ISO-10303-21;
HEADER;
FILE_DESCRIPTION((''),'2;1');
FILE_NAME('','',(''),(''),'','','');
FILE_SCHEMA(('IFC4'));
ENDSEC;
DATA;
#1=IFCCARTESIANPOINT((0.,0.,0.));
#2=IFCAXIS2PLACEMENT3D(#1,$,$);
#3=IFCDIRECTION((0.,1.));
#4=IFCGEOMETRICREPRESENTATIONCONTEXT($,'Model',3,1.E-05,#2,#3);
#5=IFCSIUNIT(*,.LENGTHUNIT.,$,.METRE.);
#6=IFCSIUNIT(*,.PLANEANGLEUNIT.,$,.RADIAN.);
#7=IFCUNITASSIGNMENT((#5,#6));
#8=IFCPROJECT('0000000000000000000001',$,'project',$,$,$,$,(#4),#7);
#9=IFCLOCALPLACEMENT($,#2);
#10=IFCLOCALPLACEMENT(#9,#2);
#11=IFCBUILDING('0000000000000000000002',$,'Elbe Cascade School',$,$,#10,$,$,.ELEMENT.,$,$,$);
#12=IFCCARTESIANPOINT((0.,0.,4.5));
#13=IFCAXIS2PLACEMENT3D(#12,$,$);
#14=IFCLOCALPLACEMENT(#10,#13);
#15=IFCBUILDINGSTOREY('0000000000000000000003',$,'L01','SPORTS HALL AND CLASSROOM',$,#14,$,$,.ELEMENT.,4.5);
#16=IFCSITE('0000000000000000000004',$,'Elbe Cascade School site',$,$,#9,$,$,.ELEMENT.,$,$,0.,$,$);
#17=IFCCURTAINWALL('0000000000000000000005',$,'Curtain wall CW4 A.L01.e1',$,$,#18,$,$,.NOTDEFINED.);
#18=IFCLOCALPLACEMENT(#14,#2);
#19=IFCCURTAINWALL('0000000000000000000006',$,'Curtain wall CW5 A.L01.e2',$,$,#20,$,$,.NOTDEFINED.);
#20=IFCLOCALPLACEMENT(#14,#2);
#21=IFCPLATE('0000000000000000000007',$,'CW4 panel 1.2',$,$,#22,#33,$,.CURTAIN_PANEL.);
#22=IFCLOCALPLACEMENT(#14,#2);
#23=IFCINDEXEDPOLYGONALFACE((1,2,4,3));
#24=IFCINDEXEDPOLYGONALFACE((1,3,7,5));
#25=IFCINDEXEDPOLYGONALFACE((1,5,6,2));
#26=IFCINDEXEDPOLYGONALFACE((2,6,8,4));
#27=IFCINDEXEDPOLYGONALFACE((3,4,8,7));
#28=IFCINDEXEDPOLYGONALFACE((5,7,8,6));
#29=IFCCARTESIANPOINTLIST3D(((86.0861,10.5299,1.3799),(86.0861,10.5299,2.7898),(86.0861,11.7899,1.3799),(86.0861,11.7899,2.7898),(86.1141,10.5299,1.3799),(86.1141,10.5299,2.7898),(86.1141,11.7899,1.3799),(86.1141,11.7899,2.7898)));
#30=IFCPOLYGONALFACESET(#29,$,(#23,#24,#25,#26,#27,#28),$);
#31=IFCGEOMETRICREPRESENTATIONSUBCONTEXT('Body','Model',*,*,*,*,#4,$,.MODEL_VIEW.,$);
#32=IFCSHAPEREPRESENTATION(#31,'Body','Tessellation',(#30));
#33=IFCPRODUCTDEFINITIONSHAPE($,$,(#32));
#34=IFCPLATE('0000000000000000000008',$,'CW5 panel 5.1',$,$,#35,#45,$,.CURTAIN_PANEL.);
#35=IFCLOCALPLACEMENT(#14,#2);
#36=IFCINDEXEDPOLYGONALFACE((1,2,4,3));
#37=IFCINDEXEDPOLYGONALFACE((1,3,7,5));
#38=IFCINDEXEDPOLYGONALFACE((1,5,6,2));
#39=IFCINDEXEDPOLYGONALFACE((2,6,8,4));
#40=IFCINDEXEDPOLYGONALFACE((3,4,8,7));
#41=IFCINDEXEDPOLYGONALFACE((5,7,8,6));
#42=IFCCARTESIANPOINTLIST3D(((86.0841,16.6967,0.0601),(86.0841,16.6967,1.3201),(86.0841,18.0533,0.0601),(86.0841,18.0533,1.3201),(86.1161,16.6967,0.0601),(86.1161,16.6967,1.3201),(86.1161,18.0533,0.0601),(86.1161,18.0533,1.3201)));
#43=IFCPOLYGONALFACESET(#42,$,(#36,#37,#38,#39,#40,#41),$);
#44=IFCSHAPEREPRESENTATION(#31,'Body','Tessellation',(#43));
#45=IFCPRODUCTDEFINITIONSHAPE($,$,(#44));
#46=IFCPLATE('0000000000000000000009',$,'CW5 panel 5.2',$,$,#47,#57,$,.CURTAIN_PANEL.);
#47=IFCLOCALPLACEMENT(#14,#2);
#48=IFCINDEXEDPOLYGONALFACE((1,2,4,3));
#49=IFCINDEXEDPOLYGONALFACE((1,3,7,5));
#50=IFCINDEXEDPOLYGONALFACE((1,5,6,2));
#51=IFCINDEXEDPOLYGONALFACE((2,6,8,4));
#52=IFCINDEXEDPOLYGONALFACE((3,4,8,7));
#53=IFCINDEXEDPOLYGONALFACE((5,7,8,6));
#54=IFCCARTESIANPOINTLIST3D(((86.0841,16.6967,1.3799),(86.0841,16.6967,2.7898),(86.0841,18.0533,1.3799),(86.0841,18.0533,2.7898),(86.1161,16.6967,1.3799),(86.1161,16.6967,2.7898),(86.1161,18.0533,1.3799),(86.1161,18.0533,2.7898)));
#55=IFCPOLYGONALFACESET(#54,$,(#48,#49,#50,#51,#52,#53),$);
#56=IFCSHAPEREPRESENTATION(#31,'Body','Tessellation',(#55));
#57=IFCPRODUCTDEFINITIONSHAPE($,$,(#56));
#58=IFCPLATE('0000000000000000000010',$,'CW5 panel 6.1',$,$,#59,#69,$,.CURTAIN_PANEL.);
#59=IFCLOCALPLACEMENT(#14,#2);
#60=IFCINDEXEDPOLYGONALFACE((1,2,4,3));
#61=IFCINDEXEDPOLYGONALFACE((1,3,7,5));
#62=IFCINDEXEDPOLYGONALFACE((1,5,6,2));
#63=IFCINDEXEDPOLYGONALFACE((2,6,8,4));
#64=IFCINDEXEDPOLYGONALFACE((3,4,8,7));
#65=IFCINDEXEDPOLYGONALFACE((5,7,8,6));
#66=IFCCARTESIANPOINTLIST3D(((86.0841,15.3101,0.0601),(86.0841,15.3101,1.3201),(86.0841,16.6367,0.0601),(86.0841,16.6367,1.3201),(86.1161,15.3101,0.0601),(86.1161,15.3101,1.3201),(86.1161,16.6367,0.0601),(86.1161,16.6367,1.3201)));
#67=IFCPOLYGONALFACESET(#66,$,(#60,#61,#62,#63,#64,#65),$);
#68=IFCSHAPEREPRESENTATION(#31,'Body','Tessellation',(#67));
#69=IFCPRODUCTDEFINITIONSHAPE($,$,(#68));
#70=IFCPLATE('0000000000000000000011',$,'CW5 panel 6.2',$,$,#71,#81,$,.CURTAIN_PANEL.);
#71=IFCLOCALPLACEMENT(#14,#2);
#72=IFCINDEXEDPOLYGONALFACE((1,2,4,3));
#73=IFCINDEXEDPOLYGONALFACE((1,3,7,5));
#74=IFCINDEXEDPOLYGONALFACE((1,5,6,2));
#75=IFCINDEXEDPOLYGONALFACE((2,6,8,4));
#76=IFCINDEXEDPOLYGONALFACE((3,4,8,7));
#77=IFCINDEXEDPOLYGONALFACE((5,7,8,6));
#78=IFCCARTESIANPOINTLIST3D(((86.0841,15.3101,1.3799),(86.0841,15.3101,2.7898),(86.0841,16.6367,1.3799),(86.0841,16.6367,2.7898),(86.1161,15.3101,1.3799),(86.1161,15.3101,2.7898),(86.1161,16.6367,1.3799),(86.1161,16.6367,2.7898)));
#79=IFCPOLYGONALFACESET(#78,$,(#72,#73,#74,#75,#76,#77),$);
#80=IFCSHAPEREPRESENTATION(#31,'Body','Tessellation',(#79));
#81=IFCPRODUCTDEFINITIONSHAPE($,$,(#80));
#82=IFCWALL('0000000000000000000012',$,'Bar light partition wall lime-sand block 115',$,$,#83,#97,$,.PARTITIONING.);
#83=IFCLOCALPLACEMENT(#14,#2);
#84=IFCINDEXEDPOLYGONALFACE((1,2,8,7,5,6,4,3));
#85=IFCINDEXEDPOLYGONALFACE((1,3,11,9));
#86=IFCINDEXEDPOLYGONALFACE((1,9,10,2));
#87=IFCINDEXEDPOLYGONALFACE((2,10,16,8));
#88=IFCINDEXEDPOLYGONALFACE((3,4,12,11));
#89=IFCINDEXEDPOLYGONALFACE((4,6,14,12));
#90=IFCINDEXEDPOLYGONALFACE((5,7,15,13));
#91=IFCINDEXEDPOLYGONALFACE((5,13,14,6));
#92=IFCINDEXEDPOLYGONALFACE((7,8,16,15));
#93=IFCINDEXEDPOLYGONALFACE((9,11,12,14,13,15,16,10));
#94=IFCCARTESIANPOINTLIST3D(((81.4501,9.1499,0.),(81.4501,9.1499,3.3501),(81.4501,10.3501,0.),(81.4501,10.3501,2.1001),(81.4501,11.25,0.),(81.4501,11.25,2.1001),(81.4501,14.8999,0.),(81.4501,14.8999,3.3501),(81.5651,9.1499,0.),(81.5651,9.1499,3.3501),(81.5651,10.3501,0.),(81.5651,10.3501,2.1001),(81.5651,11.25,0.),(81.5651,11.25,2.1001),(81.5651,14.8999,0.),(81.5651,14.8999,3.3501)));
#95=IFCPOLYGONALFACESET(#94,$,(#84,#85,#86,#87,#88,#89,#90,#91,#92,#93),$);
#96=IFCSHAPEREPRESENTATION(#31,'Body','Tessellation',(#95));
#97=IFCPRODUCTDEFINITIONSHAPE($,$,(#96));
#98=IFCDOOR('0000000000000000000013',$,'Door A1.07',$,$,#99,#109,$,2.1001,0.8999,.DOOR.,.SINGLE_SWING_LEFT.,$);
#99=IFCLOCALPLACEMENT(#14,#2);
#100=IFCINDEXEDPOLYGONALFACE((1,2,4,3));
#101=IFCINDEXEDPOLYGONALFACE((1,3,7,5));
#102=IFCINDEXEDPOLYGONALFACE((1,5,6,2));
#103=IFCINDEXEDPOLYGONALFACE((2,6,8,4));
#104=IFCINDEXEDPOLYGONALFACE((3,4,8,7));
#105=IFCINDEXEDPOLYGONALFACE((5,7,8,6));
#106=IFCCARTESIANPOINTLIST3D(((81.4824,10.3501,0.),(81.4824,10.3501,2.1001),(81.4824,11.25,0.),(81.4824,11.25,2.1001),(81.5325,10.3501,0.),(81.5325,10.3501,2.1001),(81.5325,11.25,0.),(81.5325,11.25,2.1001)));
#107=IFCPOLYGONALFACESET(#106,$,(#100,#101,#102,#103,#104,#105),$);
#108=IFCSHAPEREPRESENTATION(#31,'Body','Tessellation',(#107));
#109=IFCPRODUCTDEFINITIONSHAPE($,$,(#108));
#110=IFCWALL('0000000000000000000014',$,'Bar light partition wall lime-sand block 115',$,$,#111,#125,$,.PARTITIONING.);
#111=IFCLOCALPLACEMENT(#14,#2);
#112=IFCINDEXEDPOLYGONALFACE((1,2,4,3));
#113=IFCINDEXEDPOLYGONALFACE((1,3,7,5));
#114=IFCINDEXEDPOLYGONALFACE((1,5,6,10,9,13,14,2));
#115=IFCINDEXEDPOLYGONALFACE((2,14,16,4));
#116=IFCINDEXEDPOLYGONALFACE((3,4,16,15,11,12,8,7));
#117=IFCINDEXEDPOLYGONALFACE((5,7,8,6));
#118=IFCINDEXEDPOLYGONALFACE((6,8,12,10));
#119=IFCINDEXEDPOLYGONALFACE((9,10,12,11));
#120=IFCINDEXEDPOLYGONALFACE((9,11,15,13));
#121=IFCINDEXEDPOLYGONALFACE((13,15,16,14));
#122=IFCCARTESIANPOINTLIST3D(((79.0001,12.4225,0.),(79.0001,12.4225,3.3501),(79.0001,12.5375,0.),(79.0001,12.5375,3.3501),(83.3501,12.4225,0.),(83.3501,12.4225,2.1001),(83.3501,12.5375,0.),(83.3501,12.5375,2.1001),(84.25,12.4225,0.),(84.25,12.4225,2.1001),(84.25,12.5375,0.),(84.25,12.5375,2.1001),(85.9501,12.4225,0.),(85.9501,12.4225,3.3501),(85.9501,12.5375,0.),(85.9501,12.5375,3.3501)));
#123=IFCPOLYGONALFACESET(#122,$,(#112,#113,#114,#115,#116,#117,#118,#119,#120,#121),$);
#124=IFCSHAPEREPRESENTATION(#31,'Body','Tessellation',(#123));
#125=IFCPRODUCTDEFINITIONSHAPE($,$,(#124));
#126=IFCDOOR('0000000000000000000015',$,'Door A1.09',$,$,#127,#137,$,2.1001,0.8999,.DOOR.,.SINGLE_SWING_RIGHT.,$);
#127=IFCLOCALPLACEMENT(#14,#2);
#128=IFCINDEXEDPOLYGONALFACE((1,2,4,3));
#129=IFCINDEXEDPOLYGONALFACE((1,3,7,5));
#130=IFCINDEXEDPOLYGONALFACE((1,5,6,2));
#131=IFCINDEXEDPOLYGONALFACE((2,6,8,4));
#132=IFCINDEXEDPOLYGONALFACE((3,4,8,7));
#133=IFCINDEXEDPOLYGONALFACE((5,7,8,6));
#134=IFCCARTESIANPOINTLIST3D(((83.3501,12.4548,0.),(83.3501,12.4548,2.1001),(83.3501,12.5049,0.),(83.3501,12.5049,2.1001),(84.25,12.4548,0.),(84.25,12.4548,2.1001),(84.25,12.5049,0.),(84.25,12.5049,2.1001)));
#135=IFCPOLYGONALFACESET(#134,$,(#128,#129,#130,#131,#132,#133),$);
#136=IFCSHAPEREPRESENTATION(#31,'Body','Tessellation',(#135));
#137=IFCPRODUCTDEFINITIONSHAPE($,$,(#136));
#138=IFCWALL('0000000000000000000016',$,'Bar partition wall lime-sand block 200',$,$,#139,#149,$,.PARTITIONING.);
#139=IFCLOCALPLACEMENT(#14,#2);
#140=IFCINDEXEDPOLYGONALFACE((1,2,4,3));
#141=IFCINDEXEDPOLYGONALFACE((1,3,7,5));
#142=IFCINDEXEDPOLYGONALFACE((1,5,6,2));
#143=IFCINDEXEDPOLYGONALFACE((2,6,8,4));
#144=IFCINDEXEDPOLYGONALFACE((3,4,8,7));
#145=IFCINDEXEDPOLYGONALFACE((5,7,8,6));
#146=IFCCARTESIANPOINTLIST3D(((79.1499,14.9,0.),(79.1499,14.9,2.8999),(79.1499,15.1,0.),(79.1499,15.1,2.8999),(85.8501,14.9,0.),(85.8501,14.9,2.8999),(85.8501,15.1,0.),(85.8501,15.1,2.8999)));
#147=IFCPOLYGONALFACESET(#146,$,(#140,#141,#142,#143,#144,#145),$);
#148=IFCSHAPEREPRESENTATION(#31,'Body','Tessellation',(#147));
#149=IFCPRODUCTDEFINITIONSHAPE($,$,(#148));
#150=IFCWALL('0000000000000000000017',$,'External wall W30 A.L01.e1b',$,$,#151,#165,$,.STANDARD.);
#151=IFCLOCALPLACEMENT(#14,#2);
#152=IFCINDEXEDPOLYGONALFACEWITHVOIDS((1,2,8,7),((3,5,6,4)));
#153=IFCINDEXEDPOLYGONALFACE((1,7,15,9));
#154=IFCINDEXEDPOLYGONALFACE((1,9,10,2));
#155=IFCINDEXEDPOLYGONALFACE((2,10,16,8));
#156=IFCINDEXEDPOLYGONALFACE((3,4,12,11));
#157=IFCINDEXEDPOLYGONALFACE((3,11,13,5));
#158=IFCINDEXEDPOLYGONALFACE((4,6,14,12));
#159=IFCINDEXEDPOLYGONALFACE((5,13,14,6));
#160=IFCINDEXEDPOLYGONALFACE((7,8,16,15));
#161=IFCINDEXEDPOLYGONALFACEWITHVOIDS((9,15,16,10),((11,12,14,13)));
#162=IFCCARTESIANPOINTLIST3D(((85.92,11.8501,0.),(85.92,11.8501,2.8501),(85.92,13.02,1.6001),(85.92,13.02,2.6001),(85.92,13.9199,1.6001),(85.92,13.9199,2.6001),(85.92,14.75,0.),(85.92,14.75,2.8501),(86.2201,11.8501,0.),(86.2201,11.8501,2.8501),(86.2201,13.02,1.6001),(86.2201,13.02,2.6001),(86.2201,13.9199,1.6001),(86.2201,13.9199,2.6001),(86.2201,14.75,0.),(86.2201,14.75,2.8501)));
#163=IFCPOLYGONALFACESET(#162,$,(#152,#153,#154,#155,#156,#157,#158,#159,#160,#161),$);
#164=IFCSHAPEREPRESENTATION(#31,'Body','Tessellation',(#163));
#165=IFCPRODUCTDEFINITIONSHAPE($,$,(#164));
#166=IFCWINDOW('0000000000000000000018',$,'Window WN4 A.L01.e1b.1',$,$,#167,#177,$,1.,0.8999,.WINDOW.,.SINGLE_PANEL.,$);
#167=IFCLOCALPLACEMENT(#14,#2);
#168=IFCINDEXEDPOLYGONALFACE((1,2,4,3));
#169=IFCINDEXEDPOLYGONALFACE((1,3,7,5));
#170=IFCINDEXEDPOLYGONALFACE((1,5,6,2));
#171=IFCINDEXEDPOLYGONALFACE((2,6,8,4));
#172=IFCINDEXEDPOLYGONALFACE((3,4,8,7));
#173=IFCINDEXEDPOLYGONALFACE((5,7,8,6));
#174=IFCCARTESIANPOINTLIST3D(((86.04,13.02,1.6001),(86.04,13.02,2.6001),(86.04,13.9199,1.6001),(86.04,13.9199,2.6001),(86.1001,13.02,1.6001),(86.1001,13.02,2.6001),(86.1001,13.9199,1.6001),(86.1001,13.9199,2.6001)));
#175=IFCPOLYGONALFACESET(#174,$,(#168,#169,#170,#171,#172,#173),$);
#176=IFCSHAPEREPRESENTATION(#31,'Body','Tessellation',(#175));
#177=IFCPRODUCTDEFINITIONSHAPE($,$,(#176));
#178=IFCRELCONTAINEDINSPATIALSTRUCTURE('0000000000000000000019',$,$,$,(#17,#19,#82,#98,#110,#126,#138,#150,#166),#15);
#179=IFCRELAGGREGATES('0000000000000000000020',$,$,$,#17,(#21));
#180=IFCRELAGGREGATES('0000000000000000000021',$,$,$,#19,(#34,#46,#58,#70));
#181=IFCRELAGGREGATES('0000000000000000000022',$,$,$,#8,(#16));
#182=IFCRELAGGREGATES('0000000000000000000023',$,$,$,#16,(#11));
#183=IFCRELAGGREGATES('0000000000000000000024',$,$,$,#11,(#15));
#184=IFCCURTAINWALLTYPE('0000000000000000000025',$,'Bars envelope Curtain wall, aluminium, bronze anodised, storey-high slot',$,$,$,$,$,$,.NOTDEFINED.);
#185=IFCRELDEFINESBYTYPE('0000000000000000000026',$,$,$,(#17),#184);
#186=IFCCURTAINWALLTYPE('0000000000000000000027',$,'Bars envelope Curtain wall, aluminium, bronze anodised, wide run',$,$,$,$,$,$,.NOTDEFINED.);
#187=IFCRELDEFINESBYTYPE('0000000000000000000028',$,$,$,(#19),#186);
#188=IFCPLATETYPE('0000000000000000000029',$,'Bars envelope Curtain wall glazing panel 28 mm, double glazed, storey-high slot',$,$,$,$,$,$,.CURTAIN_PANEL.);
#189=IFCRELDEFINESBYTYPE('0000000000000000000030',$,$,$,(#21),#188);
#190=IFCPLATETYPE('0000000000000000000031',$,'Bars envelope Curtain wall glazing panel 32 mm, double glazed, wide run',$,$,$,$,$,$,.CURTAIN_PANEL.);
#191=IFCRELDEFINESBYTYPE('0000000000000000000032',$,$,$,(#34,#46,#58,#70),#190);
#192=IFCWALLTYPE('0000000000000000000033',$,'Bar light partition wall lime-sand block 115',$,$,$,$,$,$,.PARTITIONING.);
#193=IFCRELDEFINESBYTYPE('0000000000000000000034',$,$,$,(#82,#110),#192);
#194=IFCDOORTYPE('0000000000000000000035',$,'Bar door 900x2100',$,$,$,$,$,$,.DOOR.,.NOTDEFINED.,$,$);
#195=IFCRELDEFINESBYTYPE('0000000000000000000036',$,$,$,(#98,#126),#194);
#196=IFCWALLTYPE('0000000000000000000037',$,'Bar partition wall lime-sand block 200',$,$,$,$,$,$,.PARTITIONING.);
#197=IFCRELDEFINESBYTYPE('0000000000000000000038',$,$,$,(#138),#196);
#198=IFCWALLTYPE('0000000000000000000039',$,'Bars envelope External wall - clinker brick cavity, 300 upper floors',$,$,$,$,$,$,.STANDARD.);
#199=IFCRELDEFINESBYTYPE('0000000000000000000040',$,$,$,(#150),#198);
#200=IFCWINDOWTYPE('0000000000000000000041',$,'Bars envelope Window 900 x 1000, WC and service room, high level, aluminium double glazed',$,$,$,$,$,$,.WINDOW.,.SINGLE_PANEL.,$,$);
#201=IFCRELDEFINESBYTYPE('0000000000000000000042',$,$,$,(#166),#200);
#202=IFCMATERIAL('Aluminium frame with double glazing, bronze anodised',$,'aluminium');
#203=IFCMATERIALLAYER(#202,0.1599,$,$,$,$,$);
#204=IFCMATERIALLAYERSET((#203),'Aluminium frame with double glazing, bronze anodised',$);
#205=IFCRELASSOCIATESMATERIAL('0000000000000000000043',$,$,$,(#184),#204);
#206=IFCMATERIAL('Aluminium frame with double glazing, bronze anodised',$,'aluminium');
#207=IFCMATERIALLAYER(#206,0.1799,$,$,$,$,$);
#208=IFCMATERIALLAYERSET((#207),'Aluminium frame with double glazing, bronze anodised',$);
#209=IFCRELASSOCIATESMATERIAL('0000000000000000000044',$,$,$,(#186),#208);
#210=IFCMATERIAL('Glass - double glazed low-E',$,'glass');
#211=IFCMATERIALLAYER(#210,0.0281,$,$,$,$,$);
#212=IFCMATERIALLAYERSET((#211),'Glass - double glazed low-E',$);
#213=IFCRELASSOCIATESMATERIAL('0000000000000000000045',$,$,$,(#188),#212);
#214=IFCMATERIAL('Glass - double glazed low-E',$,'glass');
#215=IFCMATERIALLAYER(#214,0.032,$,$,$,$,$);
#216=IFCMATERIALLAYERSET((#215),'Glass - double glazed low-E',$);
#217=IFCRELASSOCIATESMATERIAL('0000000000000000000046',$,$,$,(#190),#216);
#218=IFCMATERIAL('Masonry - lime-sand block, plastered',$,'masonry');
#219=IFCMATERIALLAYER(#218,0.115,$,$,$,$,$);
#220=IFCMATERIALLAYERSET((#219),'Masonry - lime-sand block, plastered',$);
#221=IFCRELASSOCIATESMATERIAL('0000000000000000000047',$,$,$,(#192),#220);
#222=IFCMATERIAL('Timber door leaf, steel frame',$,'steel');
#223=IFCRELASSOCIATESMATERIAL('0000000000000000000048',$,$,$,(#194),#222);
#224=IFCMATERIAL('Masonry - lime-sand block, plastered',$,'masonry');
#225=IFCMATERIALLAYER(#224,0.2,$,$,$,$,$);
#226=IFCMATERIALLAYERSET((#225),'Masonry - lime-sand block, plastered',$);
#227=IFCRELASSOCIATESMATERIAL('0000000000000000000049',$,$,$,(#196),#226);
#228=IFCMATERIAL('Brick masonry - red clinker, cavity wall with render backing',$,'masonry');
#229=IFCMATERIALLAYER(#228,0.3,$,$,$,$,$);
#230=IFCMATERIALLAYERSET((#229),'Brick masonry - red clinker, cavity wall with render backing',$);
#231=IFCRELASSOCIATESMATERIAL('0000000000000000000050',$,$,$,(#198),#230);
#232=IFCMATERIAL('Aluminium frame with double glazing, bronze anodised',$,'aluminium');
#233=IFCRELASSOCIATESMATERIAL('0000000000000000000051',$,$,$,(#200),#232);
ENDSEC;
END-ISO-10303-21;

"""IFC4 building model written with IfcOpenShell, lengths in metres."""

from ifc_helpers import new_model, si_unit, direction, frame, frame_2d, origin, origin_2d, place, context, subcontext, project, spatial, rectangle, extrude, material, layer, layer_set, type_object, element, fill, aggregate, save


model = new_model("IFC4")

# Units and contexts
model_context = context("Model", 3, precision=1e-05, world=origin(), true_north=direction((0.0, 1.0)))
body_context = subcontext(model_context, "Body", "Model", "MODEL_VIEW")
ifc_project = project(units=[si_unit("LENGTHUNIT", "METRE"), si_unit("PLANEANGLEUNIT", "RADIAN")], contexts=[model_context])

# Site, building, storey
site_placement = place(None, origin())
site = spatial("IfcSite", under=ifc_project, at=site_placement, Name="Elbe Cascade School site", CompositionType="ELEMENT", RefElevation=0.0)
building_placement = place(site_placement, origin())
building = spatial("IfcBuilding", under=site, at=building_placement, Name="Elbe Cascade School", CompositionType="ELEMENT")
storey_placement = place(building_placement, frame((0.0, 0.0, 4.5)))
storey = spatial("IfcBuildingStorey", under=building, at=storey_placement, Name="L01", Description="SPORTS HALL AND CLASSROOM", CompositionType="ELEMENT", Elevation=4.5)

# Curtain wall
ifc_material_1 = material(Name="Aluminium frame with double glazing, bronze anodised", Category="aluminium")
ifc_layer_1 = layer(ifc_material_1, 0.1599)
ifc_layer_set_1 = layer_set([ifc_layer_1], Name="Aluminium frame with double glazing, bronze anodised")
curtain_wall_type_1 = type_object("IfcCurtainWallType", Name="Bars envelope Curtain wall, aluminium, bronze anodised, storey-high slot", PredefinedType="NOTDEFINED", material=ifc_layer_set_1)
curtain_wall_1_placement = place(storey_placement, origin())
curtain_wall_1 = element("IfcCurtainWall", 1, at=curtain_wall_1_placement, inside=storey, type_object=curtain_wall_type_1, Name="Curtain wall CW4 A.L01.e1", PredefinedType="NOTDEFINED")

# Curtain wall
ifc_material_2 = material(Name="Aluminium frame with double glazing, bronze anodised", Category="aluminium")
ifc_layer_2 = layer(ifc_material_2, 0.1799)
ifc_layer_set_2 = layer_set([ifc_layer_2], Name="Aluminium frame with double glazing, bronze anodised")
curtain_wall_type_2 = type_object("IfcCurtainWallType", Name="Bars envelope Curtain wall, aluminium, bronze anodised, wide run", PredefinedType="NOTDEFINED", material=ifc_layer_set_2)
curtain_wall_2_placement = place(storey_placement, origin())
curtain_wall_2 = element("IfcCurtainWall", 2, at=curtain_wall_2_placement, inside=storey, type_object=curtain_wall_type_2, Name="Curtain wall CW5 A.L01.e2", PredefinedType="NOTDEFINED")

# Plates
ifc_material_3 = material(Name="Glass - double glazed low-E", Category="glass")
ifc_layer_3 = layer(ifc_material_3, 0.0281)
ifc_layer_set_3 = layer_set([ifc_layer_3], Name="Glass - double glazed low-E")
plate_type_1 = type_object("IfcPlateType", Name="Bars envelope Curtain wall glazing panel 28 mm, double glazed, storey-high slot", PredefinedType="CURTAIN_PANEL", material=ifc_layer_set_3)
plate_1_placement = place(storey_placement, frame((86.1001, 11.1599, 1.3799), z_axis=(0.0, 0.0, 1.0), x_axis=(0.0, -1.0, 0.0)))
plate_1 = element("IfcPlate", 3, at=plate_1_placement, type_object=plate_type_1, Name="CW4 panel 1.2", PredefinedType="CURTAIN_PANEL", context=body_context, shape_type="SweptSolid", body=[
    extrude(rectangle(XDim=1.26, YDim=0.0281, at=origin_2d()), origin(), (0.0, 0.0, 1.0), 1.4099),
])
aggregate(curtain_wall_1, [plate_1])
ifc_material_4 = material(Name="Glass - double glazed low-E", Category="glass")
ifc_layer_4 = layer(ifc_material_4, 0.032)
ifc_layer_set_4 = layer_set([ifc_layer_4], Name="Glass - double glazed low-E")
plate_type_2 = type_object("IfcPlateType", Name="Bars envelope Curtain wall glazing panel 32 mm, double glazed, wide run", PredefinedType="CURTAIN_PANEL", material=ifc_layer_set_4)
plate_2_placement = place(storey_placement, frame((86.1001, 17.375, 0.0601), z_axis=(0.0, 0.0, 1.0), x_axis=(0.0, -1.0, 0.0)))
plate_2 = element("IfcPlate", 4, at=plate_2_placement, type_object=plate_type_2, Name="CW5 panel 5.1", PredefinedType="CURTAIN_PANEL", context=body_context, shape_type="SweptSolid", body=[
    extrude(rectangle(XDim=1.3567, YDim=0.032, at=origin_2d()), origin(), (0.0, 0.0, 1.0), 1.26),
])
plate_3_placement = place(storey_placement, frame((86.1001, 17.375, 1.3799), z_axis=(0.0, 0.0, 1.0), x_axis=(0.0, -1.0, 0.0)))
plate_3 = element("IfcPlate", 5, at=plate_3_placement, type_object=plate_type_2, Name="CW5 panel 5.2", PredefinedType="CURTAIN_PANEL", context=body_context, shape_type="SweptSolid", body=[
    extrude(rectangle(XDim=1.3567, YDim=0.032, at=origin_2d()), origin(), (0.0, 0.0, 1.0), 1.4099),
])
plate_4_placement = place(storey_placement, frame((86.1001, 15.9734, 0.0601), z_axis=(0.0, 0.0, 1.0), x_axis=(0.0, -1.0, 0.0)))
plate_4 = element("IfcPlate", 6, at=plate_4_placement, type_object=plate_type_2, Name="CW5 panel 6.1", PredefinedType="CURTAIN_PANEL", context=body_context, shape_type="SweptSolid", body=[
    extrude(rectangle(XDim=1.3267, YDim=0.032, at=origin_2d()), origin(), (0.0, 0.0, 1.0), 1.26),
])
plate_5_placement = place(storey_placement, frame((86.1001, 15.9734, 1.3799), z_axis=(0.0, 0.0, 1.0), x_axis=(0.0, -1.0, 0.0)))
plate_5 = element("IfcPlate", 7, at=plate_5_placement, type_object=plate_type_2, Name="CW5 panel 6.2", PredefinedType="CURTAIN_PANEL", context=body_context, shape_type="SweptSolid", body=[
    extrude(rectangle(XDim=1.3267, YDim=0.032, at=origin_2d()), origin(), (0.0, 0.0, 1.0), 1.4099),
])
aggregate(curtain_wall_2, [plate_2, plate_3, plate_4, plate_5])

# Walls, openings, doors
ifc_material_5 = material(Name="Masonry - lime-sand block, plastered", Category="masonry")
ifc_layer_5 = layer(ifc_material_5, 0.115)
ifc_layer_set_5 = layer_set([ifc_layer_5], Name="Masonry - lime-sand block, plastered")
wall_type_1 = type_object("IfcWallType", Name="Bar light partition wall lime-sand block 115", PredefinedType="PARTITIONING", material=ifc_layer_set_5)
wall_1_placement = place(storey_placement, frame((81.5076, 14.8999, 0.0), z_axis=(0.0, 0.0, 1.0), x_axis=(0.0, -1.0, 0.0)))
wall_1 = element("IfcWall", 8, at=wall_1_placement, inside=storey, type_object=wall_type_1, Name="Bar light partition wall lime-sand block 115", PredefinedType="PARTITIONING", context=body_context, shape_type="SweptSolid", body=[
    extrude(rectangle(XDim=5.75, YDim=0.115, at=frame_2d((2.875, 0.0))), origin(), (0.0, 0.0, 1.0), 3.3501),
])
opening_1_placement = place(wall_1_placement, frame((3.6499, 0.0, 0.0)))
opening_1 = element("IfcOpeningElement", 9, at=opening_1_placement, cuts=wall_1, PredefinedType="OPENING", context=body_context, shape_type="SweptSolid", body=[
    extrude(rectangle(XDim=0.8999, YDim=2.1001, at=frame_2d((0.45, 1.05))), frame((0.0, 0.0674, 0.0), z_axis=(0.0, -1.0, 0.0), x_axis=(1.0, 0.0, 0.0)), (0.0, 0.0, 1.0), 0.135),
])
ifc_material_6 = material(Name="Timber door leaf, steel frame", Category="steel")
door_type = type_object("IfcDoorType", Name="Bar door 900x2100", OperationType="NOTDEFINED", PredefinedType="DOOR", material=ifc_material_6)
door_1_placement = place(opening_1_placement, origin())
door_1 = element("IfcDoor", 10, at=door_1_placement, inside=storey, type_object=door_type, Name="Door A1.07", OperationType="SINGLE_SWING_LEFT", OverallHeight=2.1001, OverallWidth=0.8999, PredefinedType="DOOR", context=body_context, shape_type="SweptSolid", body=[
    extrude(rectangle(XDim=0.8999, YDim=2.1001, at=frame_2d((0.45, 1.05))), frame((0.0, 0.0249, 0.0), z_axis=(0.0, -1.0, 0.0), x_axis=(1.0, 0.0, 0.0)), (0.0, 0.0, 1.0), 0.05),
])
fill(opening_1, door_1)
wall_2_placement = place(storey_placement, frame((79.0, 12.48, 0.0), z_axis=(0.0, 0.0, 1.0), x_axis=(1.0, 0.0, 0.0)))
wall_2 = element("IfcWall", 11, at=wall_2_placement, inside=storey, type_object=wall_type_1, Name="Bar light partition wall lime-sand block 115", PredefinedType="PARTITIONING", context=body_context, shape_type="SweptSolid", body=[
    extrude(rectangle(XDim=6.95, YDim=0.115, at=frame_2d((3.4751, 0.0))), origin(), (0.0, 0.0, 1.0), 3.3501),
])
opening_2_placement = place(wall_2_placement, frame((4.3501, 0.0, 0.0)))
opening_2 = element("IfcOpeningElement", 12, at=opening_2_placement, cuts=wall_2, PredefinedType="OPENING", context=body_context, shape_type="SweptSolid", body=[
    extrude(rectangle(XDim=0.8999, YDim=2.1001, at=frame_2d((0.45, 1.05))), frame((0.0, 0.0674, 0.0), z_axis=(0.0, -1.0, 0.0), x_axis=(1.0, 0.0, 0.0)), (0.0, 0.0, 1.0), 0.135),
])
door_2_placement = place(opening_2_placement, origin())
door_2 = element("IfcDoor", 13, at=door_2_placement, inside=storey, type_object=door_type, Name="Door A1.09", OperationType="SINGLE_SWING_RIGHT", OverallHeight=2.1001, OverallWidth=0.8999, PredefinedType="DOOR", context=body_context, shape_type="SweptSolid", body=[
    extrude(rectangle(XDim=0.8999, YDim=2.1001, at=frame_2d((0.45, 1.05))), frame((0.0, 0.0249, 0.0), z_axis=(0.0, -1.0, 0.0), x_axis=(1.0, 0.0, 0.0)), (0.0, 0.0, 1.0), 0.05),
])
fill(opening_2, door_2)

# Wall
ifc_material_7 = material(Name="Masonry - lime-sand block, plastered", Category="masonry")
ifc_layer_6 = layer(ifc_material_7, 0.2)
ifc_layer_set_6 = layer_set([ifc_layer_6], Name="Masonry - lime-sand block, plastered")
wall_type_2 = type_object("IfcWallType", Name="Bar partition wall lime-sand block 200", PredefinedType="PARTITIONING", material=ifc_layer_set_6)
wall_3_placement = place(storey_placement, frame((79.1499, 15.0, 0.0), z_axis=(0.0, 0.0, 1.0), x_axis=(1.0, 0.0, 0.0)))
element("IfcWall", 14, at=wall_3_placement, inside=storey, type_object=wall_type_2, Name="Bar partition wall lime-sand block 200", PredefinedType="PARTITIONING", context=body_context, shape_type="SweptSolid", body=[
    extrude(rectangle(XDim=6.7002, YDim=0.2, at=frame_2d((3.3501, 0.0))), origin(), (0.0, 0.0, 1.0), 2.8999),
])

# Wall, opening, window
ifc_material_8 = material(Name="Brick masonry - red clinker, cavity wall with render backing", Category="masonry")
ifc_layer_7 = layer(ifc_material_8, 0.3)
ifc_layer_set_7 = layer_set([ifc_layer_7], Name="Brick masonry - red clinker, cavity wall with render backing")
wall_type_3 = type_object("IfcWallType", Name="Bars envelope External wall - clinker brick cavity, 300 upper floors", PredefinedType="STANDARD", material=ifc_layer_set_7)
wall_4_placement = place(storey_placement, frame((86.0701, 14.75, 0.0), z_axis=(0.0, 0.0, 1.0), x_axis=(0.0, -1.0, 0.0)))
wall_4 = element("IfcWall", 15, at=wall_4_placement, inside=storey, type_object=wall_type_3, Name="External wall W30 A.L01.e1b", PredefinedType="STANDARD", context=body_context, shape_type="SweptSolid", body=[
    extrude(rectangle(XDim=2.8999, YDim=0.3, at=frame_2d((1.45, 0.0))), origin(), (0.0, 0.0, 1.0), 2.8501),
])
opening_3_placement = place(wall_4_placement, frame((0.8301, 0.0, 1.6001)))
opening_3 = element("IfcOpeningElement", 16, at=opening_3_placement, cuts=wall_4, PredefinedType="OPENING", context=body_context, shape_type="SweptSolid", body=[
    extrude(rectangle(XDim=0.8999, YDim=1.0, at=frame_2d((0.45, 0.5))), frame((0.0, 0.1599, 0.0), z_axis=(0.0, -1.0, 0.0), x_axis=(1.0, 0.0, 0.0)), (0.0, 0.0, 1.0), 0.3201),
])
ifc_material_9 = material(Name="Aluminium frame with double glazing, bronze anodised", Category="aluminium")
window_type = type_object("IfcWindowType", Name="Bars envelope Window 900 x 1000, WC and service room, high level, aluminium double glazed", PartitioningType="SINGLE_PANEL", PredefinedType="WINDOW", material=ifc_material_9)
window_placement = place(opening_3_placement, origin())
window = element("IfcWindow", 17, at=window_placement, inside=storey, type_object=window_type, Name="Window WN4 A.L01.e1b.1", OverallHeight=1.0, OverallWidth=0.8999, PartitioningType="SINGLE_PANEL", PredefinedType="WINDOW", context=body_context, shape_type="SweptSolid", body=[
    extrude(rectangle(XDim=0.8999, YDim=1.0, at=frame_2d((0.45, 0.5))), frame((0.0, 0.03, 0.0), z_axis=(0.0, -1.0, 0.0), x_axis=(1.0, 0.0, 0.0)), (0.0, 0.0, 1.0), 0.0601),
])
fill(opening_3, window)

save(model, "model.ifc")
